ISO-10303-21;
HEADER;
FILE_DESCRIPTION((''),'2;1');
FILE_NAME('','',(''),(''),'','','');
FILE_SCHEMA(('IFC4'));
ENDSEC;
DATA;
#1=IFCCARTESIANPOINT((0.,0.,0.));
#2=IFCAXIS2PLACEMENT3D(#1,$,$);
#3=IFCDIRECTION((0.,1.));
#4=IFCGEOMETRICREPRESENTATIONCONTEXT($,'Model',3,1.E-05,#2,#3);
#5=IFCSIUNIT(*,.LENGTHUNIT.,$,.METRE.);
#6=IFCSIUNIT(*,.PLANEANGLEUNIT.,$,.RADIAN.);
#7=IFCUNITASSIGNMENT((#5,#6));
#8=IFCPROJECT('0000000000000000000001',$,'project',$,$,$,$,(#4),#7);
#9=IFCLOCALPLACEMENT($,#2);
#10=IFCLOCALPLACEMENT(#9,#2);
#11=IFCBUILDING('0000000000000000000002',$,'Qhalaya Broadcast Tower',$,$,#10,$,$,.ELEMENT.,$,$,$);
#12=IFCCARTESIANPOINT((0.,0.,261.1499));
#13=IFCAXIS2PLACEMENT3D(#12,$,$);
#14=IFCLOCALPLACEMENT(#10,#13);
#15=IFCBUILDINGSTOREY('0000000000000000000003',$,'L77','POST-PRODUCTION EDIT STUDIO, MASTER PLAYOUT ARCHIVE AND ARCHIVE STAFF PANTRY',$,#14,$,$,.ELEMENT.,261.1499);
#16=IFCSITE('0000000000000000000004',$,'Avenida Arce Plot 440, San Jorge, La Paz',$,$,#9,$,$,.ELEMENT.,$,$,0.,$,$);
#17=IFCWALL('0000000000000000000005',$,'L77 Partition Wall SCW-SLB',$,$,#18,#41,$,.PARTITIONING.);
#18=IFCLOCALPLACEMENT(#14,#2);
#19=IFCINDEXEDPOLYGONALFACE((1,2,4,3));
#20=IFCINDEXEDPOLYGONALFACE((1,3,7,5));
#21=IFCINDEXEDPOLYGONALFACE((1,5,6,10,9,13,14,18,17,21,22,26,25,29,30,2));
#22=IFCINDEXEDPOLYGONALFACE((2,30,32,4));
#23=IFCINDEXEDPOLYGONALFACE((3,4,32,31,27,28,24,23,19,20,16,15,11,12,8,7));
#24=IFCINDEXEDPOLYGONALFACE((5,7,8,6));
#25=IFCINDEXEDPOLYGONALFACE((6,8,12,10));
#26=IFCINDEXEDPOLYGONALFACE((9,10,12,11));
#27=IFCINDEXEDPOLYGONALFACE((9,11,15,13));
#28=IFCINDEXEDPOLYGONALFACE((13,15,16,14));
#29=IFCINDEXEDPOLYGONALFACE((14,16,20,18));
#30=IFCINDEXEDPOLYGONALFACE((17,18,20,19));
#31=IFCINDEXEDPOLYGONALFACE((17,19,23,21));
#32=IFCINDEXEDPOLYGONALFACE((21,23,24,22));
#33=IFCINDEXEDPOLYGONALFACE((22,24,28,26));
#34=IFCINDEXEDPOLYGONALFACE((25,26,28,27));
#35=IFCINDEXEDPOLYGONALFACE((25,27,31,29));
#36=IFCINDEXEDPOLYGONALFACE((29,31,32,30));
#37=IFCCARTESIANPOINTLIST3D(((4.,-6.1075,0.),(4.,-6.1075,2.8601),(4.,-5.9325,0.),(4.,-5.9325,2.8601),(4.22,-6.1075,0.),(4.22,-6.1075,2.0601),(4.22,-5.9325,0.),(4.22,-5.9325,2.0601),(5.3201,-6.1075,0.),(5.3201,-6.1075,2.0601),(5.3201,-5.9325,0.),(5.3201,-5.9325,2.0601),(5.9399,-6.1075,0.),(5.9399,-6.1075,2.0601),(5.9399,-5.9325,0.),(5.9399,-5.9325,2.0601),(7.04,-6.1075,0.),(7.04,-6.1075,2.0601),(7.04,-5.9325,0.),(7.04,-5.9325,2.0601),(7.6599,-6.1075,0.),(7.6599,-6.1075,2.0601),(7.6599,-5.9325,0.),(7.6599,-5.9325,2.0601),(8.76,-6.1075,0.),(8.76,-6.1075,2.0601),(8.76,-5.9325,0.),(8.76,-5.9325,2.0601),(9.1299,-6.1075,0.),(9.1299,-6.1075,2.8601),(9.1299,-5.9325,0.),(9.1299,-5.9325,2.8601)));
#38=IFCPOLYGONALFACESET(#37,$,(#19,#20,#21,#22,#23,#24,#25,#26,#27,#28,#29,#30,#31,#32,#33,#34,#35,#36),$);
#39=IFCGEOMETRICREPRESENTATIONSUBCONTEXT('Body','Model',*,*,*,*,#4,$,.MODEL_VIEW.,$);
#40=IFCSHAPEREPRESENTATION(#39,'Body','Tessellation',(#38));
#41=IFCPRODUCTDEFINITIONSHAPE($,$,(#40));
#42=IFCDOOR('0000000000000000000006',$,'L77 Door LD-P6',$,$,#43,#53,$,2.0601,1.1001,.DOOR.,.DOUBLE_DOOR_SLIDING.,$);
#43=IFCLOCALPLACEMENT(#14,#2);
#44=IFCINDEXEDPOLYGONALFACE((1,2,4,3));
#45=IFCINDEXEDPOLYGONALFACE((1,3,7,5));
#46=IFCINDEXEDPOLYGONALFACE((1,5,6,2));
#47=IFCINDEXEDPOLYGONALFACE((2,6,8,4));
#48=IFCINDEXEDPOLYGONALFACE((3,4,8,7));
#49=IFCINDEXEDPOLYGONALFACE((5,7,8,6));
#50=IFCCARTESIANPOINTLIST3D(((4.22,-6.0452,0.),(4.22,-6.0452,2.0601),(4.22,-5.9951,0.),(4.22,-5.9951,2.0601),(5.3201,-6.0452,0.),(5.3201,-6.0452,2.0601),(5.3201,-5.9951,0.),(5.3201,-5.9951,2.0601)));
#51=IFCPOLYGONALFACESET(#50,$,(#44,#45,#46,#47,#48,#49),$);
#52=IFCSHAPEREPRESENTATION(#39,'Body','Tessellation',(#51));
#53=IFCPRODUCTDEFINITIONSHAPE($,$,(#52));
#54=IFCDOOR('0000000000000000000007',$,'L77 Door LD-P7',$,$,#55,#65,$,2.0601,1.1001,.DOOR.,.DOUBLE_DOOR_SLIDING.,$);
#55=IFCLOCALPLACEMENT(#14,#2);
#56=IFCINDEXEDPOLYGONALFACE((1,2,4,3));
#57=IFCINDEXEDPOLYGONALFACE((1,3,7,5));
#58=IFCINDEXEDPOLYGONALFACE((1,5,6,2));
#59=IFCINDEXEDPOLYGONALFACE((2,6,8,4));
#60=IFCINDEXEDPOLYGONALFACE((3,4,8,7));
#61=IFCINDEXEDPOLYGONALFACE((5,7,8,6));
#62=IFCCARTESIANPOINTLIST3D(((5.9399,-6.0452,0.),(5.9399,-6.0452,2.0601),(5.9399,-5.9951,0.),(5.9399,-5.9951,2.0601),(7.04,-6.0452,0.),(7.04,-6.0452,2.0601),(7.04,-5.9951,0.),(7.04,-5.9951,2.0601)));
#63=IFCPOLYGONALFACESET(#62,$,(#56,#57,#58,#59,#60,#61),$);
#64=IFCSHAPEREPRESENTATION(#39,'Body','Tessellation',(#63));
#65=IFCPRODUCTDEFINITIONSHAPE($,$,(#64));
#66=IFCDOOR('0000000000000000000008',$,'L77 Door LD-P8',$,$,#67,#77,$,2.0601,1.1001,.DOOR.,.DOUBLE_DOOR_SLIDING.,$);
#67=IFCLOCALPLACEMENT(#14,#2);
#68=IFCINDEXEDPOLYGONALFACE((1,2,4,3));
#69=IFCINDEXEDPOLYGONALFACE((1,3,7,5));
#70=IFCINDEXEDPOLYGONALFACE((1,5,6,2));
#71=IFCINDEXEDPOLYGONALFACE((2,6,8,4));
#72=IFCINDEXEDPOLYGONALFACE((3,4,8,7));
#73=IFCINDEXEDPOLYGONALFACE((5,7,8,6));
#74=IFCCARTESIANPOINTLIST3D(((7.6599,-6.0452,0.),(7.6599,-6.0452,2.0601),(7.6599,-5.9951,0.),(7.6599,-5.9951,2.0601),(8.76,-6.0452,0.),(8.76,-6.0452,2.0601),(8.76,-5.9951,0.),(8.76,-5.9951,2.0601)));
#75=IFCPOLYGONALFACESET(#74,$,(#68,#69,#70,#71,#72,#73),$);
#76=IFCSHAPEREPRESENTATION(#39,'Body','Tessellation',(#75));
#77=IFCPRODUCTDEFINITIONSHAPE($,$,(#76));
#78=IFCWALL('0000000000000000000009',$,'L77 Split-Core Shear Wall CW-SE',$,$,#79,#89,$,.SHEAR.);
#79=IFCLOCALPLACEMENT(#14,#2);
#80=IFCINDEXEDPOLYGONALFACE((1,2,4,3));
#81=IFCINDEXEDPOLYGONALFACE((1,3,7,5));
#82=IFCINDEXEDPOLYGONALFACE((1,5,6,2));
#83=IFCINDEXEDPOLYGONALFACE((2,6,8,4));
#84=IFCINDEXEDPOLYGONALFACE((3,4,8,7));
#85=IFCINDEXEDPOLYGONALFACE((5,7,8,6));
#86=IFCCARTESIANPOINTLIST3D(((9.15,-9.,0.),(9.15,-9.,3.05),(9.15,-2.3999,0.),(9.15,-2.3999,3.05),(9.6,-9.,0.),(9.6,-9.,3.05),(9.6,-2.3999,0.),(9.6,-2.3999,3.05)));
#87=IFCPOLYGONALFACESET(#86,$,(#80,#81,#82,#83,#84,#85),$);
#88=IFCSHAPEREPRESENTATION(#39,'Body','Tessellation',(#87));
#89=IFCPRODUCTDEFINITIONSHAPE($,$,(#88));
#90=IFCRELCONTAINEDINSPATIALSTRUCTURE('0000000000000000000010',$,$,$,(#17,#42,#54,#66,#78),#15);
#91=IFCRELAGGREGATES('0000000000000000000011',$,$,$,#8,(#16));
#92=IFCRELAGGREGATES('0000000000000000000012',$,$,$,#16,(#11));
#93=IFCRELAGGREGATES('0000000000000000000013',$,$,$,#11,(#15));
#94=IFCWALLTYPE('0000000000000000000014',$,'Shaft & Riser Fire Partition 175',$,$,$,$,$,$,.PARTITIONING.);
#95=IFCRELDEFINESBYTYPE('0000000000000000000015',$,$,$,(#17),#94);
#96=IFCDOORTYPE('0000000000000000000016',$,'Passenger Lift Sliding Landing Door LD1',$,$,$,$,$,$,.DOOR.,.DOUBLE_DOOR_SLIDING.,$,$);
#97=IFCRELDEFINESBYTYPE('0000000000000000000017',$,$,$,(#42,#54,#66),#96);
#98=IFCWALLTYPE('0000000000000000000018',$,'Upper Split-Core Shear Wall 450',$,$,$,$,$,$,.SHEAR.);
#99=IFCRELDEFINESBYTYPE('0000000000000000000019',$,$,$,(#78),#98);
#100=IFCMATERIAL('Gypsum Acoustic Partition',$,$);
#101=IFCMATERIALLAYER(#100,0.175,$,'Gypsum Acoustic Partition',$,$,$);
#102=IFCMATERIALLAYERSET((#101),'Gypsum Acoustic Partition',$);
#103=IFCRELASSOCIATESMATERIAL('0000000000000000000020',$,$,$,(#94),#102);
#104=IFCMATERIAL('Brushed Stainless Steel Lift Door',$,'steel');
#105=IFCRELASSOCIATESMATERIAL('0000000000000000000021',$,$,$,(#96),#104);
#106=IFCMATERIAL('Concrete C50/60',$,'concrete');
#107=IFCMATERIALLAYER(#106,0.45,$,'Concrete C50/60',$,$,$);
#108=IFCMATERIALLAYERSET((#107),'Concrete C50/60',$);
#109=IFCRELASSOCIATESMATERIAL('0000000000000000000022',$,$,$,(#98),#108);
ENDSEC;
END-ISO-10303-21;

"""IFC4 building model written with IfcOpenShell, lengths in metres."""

from ifc_helpers import new_model, si_unit, direction, frame, frame_2d, origin, place, context, subcontext, project, spatial, rectangle, extrude, material, layer, layer_set, type_object, element, fill, save


model = new_model("IFC4")

# Units and contexts
model_context = context("Model", 3, precision=1e-05, world=origin(), true_north=direction((0.0, 1.0)))
body_context = subcontext(model_context, "Body", "Model", "MODEL_VIEW")
ifc_project = project(units=[si_unit("LENGTHUNIT", "METRE"), si_unit("PLANEANGLEUNIT", "RADIAN")], contexts=[model_context])

# Site, building, storey
site_placement = place(None, origin())
site = spatial("IfcSite", under=ifc_project, at=site_placement, Name="Avenida Arce Plot 440, San Jorge, La Paz", CompositionType="ELEMENT", RefElevation=0.0)
building_placement = place(site_placement, origin())
building = spatial("IfcBuilding", under=site, at=building_placement, Name="Qhalaya Broadcast Tower", CompositionType="ELEMENT")
storey_placement = place(building_placement, frame((0.0, 0.0, 261.1499)))
storey = spatial("IfcBuildingStorey", under=building, at=storey_placement, Name="L77", Description="POST-PRODUCTION EDIT STUDIO, MASTER PLAYOUT ARCHIVE AND ARCHIVE STAFF PANTRY", CompositionType="ELEMENT", Elevation=261.1499)

# Shared definitions
ifc_material_1 = material(Name="Concrete C50/60", Category="concrete")

# Shared definitions
ifc_material_2 = material(Name="Gypsum Acoustic Partition")

# Wall, openings, doors
ifc_layer_1 = layer(ifc_material_2, 0.175, Name="Gypsum Acoustic Partition")
ifc_layer_set_1 = layer_set([ifc_layer_1], Name="Gypsum Acoustic Partition")
wall_type_1 = type_object("IfcWallType", Name="Shaft & Riser Fire Partition 175", PredefinedType="PARTITIONING", material=ifc_layer_set_1)
wall_1_placement = place(storey_placement, frame((4.0, -6.02, 0.0), z_axis=(0.0, 0.0, 1.0), x_axis=(1.0, 0.0, 0.0)))
wall_1 = element("IfcWall", 1, at=wall_1_placement, inside=storey, type_object=wall_type_1, Name="L77 Partition Wall SCW-SLB", PredefinedType="PARTITIONING", context=body_context, shape_type="SweptSolid", body=[
    extrude(rectangle(XDim=5.1299, YDim=0.175, at=frame_2d((2.5649, 0.0))), origin(), (0.0, 0.0, 1.0), 2.8601),
])
opening_1_placement = place(wall_1_placement, frame((0.22, 0.0, 0.0)))
opening_1 = element("IfcOpeningElement", 2, at=opening_1_placement, cuts=wall_1, PredefinedType="OPENING", context=body_context, shape_type="SweptSolid", body=[
    extrude(rectangle(XDim=1.1001, YDim=2.0601, at=frame_2d((0.55, 1.03))), frame((0.0, 0.0996, 0.0), z_axis=(0.0, -1.0, 0.0), x_axis=(1.0, 0.0, 0.0)), (0.0, 0.0, 1.0), 0.199),
])
opening_2_placement = place(wall_1_placement, frame((1.9399, 0.0, 0.0)))
opening_2 = element("IfcOpeningElement", 3, at=opening_2_placement, cuts=wall_1, PredefinedType="OPENING", context=body_context, shape_type="SweptSolid", body=[
    extrude(rectangle(XDim=1.1001, YDim=2.0601, at=frame_2d((0.55, 1.03))), frame((0.0, 0.0996, 0.0), z_axis=(0.0, -1.0, 0.0), x_axis=(1.0, 0.0, 0.0)), (0.0, 0.0, 1.0), 0.199),
])
opening_3_placement = place(wall_1_placement, frame((3.6599, 0.0, 0.0)))
opening_3 = element("IfcOpeningElement", 4, at=opening_3_placement, cuts=wall_1, PredefinedType="OPENING", context=body_context, shape_type="SweptSolid", body=[
    extrude(rectangle(XDim=1.1001, YDim=2.0601, at=frame_2d((0.55, 1.03))), frame((0.0, 0.0996, 0.0), z_axis=(0.0, -1.0, 0.0), x_axis=(1.0, 0.0, 0.0)), (0.0, 0.0, 1.0), 0.199),
])
ifc_material_3 = material(Name="Brushed Stainless Steel Lift Door", Category="steel")
door_type_1 = type_object("IfcDoorType", Name="Passenger Lift Sliding Landing Door LD1", OperationType="DOUBLE_DOOR_SLIDING", PredefinedType="DOOR", material=ifc_material_3)
door_1_placement = place(opening_1_placement, origin())
door_1 = element("IfcDoor", 5, at=door_1_placement, inside=storey, type_object=door_type_1, Name="L77 Door LD-P6", OperationType="DOUBLE_DOOR_SLIDING", OverallHeight=2.0601, OverallWidth=1.1001, PredefinedType="DOOR", context=body_context, shape_type="SweptSolid", body=[
    extrude(rectangle(XDim=1.1001, YDim=2.0601, at=frame_2d((0.55, 1.03))), frame((0.0, 0.0249, 0.0), z_axis=(0.0, -1.0, 0.0), x_axis=(1.0, 0.0, 0.0)), (0.0, 0.0, 1.0), 0.05),
])
fill(opening_1, door_1)
door_2_placement = place(opening_2_placement, origin())
door_2 = element("IfcDoor", 6, at=door_2_placement, inside=storey, type_object=door_type_1, Name="L77 Door LD-P7", OperationType="DOUBLE_DOOR_SLIDING", OverallHeight=2.0601, OverallWidth=1.1001, PredefinedType="DOOR", context=body_context, shape_type="SweptSolid", body=[
    extrude(rectangle(XDim=1.1001, YDim=2.0601, at=frame_2d((0.55, 1.03))), frame((0.0, 0.0249, 0.0), z_axis=(0.0, -1.0, 0.0), x_axis=(1.0, 0.0, 0.0)), (0.0, 0.0, 1.0), 0.05),
])
fill(opening_2, door_2)
door_3_placement = place(opening_3_placement, origin())
door_3 = element("IfcDoor", 7, at=door_3_placement, inside=storey, type_object=door_type_1, Name="L77 Door LD-P8", OperationType="DOUBLE_DOOR_SLIDING", OverallHeight=2.0601, OverallWidth=1.1001, PredefinedType="DOOR", context=body_context, shape_type="SweptSolid", body=[
    extrude(rectangle(XDim=1.1001, YDim=2.0601, at=frame_2d((0.55, 1.03))), frame((0.0, 0.0249, 0.0), z_axis=(0.0, -1.0, 0.0), x_axis=(1.0, 0.0, 0.0)), (0.0, 0.0, 1.0), 0.05),
])
fill(opening_3, door_3)

# Wall
ifc_layer_2 = layer(ifc_material_1, 0.45, Name="Concrete C50/60")
ifc_layer_set_2 = layer_set([ifc_layer_2], Name="Concrete C50/60")
wall_type_2 = type_object("IfcWallType", Name="Upper Split-Core Shear Wall 450", PredefinedType="SHEAR", material=ifc_layer_set_2)
wall_2_placement = place(storey_placement, frame((9.375, -9.0, 0.0), z_axis=(0.0, 0.0, 1.0), x_axis=(0.0, 1.0, 0.0)))
element("IfcWall", 8, at=wall_2_placement, inside=storey, type_object=wall_type_2, Name="L77 Split-Core Shear Wall CW-SE", PredefinedType="SHEAR", context=body_context, shape_type="SweptSolid", body=[
    extrude(rectangle(XDim=6.6001, YDim=0.45, at=frame_2d((3.3, 0.0))), origin(), (0.0, 0.0, 1.0), 3.05),
])

save(model, "model.ifc")
